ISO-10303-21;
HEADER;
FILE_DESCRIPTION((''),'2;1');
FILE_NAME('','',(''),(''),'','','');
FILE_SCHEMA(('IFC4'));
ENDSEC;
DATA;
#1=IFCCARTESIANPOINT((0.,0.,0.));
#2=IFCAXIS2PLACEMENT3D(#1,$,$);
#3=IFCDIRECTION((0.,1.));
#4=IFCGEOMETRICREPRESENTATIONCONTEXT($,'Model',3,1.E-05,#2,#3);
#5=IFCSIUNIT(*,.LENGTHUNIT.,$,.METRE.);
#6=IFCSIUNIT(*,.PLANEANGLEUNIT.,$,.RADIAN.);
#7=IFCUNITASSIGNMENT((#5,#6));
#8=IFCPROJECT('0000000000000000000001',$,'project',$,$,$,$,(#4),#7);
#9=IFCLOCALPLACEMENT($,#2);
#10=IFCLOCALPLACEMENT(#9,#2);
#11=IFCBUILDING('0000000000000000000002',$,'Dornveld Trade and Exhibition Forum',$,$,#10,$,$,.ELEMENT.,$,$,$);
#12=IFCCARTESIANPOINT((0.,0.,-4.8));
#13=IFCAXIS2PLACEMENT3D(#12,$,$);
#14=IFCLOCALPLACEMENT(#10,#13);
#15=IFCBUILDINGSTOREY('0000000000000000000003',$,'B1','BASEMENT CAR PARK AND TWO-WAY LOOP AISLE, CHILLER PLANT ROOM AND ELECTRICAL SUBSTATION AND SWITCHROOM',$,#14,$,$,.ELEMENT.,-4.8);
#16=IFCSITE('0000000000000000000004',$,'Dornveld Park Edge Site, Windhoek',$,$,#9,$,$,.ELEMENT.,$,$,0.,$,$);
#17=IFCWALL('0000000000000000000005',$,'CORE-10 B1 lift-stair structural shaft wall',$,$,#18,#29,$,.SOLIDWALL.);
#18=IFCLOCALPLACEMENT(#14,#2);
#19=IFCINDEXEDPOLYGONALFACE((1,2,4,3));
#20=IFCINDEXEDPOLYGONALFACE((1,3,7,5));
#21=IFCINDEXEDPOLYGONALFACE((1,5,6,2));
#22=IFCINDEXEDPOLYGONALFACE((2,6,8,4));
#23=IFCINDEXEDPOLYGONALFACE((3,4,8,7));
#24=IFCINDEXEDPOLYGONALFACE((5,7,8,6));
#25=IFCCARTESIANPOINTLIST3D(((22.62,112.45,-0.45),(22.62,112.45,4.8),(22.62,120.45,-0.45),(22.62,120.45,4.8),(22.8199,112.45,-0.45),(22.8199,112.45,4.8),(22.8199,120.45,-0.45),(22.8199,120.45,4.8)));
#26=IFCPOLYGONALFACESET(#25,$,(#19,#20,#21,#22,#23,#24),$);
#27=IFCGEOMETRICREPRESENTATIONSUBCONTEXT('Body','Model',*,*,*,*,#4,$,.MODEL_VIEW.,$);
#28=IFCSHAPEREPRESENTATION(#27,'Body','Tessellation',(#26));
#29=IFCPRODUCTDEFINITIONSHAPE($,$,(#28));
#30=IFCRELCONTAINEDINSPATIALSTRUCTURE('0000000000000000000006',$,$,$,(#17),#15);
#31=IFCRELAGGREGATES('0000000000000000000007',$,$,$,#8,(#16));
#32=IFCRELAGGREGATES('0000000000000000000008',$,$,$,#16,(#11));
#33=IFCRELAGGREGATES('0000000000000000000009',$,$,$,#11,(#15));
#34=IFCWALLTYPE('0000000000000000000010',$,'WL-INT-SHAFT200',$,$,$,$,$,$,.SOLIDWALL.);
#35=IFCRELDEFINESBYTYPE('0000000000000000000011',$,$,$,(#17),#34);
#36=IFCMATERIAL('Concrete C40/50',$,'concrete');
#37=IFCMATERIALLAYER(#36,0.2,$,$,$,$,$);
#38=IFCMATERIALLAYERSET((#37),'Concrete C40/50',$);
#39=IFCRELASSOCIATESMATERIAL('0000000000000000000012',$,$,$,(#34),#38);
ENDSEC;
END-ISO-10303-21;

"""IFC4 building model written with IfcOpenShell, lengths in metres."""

from ifc_helpers import new_model, si_unit, direction, frame, frame_2d, origin, place, context, subcontext, project, spatial, rectangle, extrude, material, layer, layer_set, type_object, element, save


model = new_model("IFC4")

# Units and contexts
model_context = context("Model", 3, precision=1e-05, world=origin(), true_north=direction((0.0, 1.0)))
body_context = subcontext(model_context, "Body", "Model", "MODEL_VIEW")
ifc_project = project(units=[si_unit("LENGTHUNIT", "METRE"), si_unit("PLANEANGLEUNIT", "RADIAN")], contexts=[model_context])

# Site, building, storey
site_placement = place(None, origin())
site = spatial("IfcSite", under=ifc_project, at=site_placement, Name="Dornveld Park Edge Site, Windhoek", CompositionType="ELEMENT", RefElevation=0.0)
building_placement = place(site_placement, origin())
building = spatial("IfcBuilding", under=site, at=building_placement, Name="Dornveld Trade and Exhibition Forum", CompositionType="ELEMENT")
storey_placement = place(building_placement, frame((0.0, 0.0, -4.8)))
storey = spatial("IfcBuildingStorey", under=building, at=storey_placement, Name="B1", Description="BASEMENT CAR PARK AND TWO-WAY LOOP AISLE, CHILLER PLANT ROOM AND ELECTRICAL SUBSTATION AND SWITCHROOM", CompositionType="ELEMENT", Elevation=-4.8)

# Wall
ifc_material_1 = material(Name="Concrete C40/50", Category="concrete")
ifc_layer_1 = layer(ifc_material_1, 0.2)
ifc_layer_set_1 = layer_set([ifc_layer_1], Name="Concrete C40/50")
wall_type_1 = type_object("IfcWallType", Name="WL-INT-SHAFT200", PredefinedType="SOLIDWALL", material=ifc_layer_set_1)
wall_placement = place(storey_placement, frame((22.72, 112.45, -0.45), z_axis=(0.0, 0.0, 1.0), x_axis=(0.0, 1.0, 0.0)))
element("IfcWall", 1, at=wall_placement, inside=storey, type_object=wall_type_1, Name="CORE-10 B1 lift-stair structural shaft wall", PredefinedType="SOLIDWALL", context=body_context, shape_type="SweptSolid", body=[
    extrude(rectangle(XDim=8.0, YDim=0.2, at=frame_2d((4.0, 0.0))), origin(), (0.0, 0.0, 1.0), 5.25),
])

save(model, "model.ifc")
